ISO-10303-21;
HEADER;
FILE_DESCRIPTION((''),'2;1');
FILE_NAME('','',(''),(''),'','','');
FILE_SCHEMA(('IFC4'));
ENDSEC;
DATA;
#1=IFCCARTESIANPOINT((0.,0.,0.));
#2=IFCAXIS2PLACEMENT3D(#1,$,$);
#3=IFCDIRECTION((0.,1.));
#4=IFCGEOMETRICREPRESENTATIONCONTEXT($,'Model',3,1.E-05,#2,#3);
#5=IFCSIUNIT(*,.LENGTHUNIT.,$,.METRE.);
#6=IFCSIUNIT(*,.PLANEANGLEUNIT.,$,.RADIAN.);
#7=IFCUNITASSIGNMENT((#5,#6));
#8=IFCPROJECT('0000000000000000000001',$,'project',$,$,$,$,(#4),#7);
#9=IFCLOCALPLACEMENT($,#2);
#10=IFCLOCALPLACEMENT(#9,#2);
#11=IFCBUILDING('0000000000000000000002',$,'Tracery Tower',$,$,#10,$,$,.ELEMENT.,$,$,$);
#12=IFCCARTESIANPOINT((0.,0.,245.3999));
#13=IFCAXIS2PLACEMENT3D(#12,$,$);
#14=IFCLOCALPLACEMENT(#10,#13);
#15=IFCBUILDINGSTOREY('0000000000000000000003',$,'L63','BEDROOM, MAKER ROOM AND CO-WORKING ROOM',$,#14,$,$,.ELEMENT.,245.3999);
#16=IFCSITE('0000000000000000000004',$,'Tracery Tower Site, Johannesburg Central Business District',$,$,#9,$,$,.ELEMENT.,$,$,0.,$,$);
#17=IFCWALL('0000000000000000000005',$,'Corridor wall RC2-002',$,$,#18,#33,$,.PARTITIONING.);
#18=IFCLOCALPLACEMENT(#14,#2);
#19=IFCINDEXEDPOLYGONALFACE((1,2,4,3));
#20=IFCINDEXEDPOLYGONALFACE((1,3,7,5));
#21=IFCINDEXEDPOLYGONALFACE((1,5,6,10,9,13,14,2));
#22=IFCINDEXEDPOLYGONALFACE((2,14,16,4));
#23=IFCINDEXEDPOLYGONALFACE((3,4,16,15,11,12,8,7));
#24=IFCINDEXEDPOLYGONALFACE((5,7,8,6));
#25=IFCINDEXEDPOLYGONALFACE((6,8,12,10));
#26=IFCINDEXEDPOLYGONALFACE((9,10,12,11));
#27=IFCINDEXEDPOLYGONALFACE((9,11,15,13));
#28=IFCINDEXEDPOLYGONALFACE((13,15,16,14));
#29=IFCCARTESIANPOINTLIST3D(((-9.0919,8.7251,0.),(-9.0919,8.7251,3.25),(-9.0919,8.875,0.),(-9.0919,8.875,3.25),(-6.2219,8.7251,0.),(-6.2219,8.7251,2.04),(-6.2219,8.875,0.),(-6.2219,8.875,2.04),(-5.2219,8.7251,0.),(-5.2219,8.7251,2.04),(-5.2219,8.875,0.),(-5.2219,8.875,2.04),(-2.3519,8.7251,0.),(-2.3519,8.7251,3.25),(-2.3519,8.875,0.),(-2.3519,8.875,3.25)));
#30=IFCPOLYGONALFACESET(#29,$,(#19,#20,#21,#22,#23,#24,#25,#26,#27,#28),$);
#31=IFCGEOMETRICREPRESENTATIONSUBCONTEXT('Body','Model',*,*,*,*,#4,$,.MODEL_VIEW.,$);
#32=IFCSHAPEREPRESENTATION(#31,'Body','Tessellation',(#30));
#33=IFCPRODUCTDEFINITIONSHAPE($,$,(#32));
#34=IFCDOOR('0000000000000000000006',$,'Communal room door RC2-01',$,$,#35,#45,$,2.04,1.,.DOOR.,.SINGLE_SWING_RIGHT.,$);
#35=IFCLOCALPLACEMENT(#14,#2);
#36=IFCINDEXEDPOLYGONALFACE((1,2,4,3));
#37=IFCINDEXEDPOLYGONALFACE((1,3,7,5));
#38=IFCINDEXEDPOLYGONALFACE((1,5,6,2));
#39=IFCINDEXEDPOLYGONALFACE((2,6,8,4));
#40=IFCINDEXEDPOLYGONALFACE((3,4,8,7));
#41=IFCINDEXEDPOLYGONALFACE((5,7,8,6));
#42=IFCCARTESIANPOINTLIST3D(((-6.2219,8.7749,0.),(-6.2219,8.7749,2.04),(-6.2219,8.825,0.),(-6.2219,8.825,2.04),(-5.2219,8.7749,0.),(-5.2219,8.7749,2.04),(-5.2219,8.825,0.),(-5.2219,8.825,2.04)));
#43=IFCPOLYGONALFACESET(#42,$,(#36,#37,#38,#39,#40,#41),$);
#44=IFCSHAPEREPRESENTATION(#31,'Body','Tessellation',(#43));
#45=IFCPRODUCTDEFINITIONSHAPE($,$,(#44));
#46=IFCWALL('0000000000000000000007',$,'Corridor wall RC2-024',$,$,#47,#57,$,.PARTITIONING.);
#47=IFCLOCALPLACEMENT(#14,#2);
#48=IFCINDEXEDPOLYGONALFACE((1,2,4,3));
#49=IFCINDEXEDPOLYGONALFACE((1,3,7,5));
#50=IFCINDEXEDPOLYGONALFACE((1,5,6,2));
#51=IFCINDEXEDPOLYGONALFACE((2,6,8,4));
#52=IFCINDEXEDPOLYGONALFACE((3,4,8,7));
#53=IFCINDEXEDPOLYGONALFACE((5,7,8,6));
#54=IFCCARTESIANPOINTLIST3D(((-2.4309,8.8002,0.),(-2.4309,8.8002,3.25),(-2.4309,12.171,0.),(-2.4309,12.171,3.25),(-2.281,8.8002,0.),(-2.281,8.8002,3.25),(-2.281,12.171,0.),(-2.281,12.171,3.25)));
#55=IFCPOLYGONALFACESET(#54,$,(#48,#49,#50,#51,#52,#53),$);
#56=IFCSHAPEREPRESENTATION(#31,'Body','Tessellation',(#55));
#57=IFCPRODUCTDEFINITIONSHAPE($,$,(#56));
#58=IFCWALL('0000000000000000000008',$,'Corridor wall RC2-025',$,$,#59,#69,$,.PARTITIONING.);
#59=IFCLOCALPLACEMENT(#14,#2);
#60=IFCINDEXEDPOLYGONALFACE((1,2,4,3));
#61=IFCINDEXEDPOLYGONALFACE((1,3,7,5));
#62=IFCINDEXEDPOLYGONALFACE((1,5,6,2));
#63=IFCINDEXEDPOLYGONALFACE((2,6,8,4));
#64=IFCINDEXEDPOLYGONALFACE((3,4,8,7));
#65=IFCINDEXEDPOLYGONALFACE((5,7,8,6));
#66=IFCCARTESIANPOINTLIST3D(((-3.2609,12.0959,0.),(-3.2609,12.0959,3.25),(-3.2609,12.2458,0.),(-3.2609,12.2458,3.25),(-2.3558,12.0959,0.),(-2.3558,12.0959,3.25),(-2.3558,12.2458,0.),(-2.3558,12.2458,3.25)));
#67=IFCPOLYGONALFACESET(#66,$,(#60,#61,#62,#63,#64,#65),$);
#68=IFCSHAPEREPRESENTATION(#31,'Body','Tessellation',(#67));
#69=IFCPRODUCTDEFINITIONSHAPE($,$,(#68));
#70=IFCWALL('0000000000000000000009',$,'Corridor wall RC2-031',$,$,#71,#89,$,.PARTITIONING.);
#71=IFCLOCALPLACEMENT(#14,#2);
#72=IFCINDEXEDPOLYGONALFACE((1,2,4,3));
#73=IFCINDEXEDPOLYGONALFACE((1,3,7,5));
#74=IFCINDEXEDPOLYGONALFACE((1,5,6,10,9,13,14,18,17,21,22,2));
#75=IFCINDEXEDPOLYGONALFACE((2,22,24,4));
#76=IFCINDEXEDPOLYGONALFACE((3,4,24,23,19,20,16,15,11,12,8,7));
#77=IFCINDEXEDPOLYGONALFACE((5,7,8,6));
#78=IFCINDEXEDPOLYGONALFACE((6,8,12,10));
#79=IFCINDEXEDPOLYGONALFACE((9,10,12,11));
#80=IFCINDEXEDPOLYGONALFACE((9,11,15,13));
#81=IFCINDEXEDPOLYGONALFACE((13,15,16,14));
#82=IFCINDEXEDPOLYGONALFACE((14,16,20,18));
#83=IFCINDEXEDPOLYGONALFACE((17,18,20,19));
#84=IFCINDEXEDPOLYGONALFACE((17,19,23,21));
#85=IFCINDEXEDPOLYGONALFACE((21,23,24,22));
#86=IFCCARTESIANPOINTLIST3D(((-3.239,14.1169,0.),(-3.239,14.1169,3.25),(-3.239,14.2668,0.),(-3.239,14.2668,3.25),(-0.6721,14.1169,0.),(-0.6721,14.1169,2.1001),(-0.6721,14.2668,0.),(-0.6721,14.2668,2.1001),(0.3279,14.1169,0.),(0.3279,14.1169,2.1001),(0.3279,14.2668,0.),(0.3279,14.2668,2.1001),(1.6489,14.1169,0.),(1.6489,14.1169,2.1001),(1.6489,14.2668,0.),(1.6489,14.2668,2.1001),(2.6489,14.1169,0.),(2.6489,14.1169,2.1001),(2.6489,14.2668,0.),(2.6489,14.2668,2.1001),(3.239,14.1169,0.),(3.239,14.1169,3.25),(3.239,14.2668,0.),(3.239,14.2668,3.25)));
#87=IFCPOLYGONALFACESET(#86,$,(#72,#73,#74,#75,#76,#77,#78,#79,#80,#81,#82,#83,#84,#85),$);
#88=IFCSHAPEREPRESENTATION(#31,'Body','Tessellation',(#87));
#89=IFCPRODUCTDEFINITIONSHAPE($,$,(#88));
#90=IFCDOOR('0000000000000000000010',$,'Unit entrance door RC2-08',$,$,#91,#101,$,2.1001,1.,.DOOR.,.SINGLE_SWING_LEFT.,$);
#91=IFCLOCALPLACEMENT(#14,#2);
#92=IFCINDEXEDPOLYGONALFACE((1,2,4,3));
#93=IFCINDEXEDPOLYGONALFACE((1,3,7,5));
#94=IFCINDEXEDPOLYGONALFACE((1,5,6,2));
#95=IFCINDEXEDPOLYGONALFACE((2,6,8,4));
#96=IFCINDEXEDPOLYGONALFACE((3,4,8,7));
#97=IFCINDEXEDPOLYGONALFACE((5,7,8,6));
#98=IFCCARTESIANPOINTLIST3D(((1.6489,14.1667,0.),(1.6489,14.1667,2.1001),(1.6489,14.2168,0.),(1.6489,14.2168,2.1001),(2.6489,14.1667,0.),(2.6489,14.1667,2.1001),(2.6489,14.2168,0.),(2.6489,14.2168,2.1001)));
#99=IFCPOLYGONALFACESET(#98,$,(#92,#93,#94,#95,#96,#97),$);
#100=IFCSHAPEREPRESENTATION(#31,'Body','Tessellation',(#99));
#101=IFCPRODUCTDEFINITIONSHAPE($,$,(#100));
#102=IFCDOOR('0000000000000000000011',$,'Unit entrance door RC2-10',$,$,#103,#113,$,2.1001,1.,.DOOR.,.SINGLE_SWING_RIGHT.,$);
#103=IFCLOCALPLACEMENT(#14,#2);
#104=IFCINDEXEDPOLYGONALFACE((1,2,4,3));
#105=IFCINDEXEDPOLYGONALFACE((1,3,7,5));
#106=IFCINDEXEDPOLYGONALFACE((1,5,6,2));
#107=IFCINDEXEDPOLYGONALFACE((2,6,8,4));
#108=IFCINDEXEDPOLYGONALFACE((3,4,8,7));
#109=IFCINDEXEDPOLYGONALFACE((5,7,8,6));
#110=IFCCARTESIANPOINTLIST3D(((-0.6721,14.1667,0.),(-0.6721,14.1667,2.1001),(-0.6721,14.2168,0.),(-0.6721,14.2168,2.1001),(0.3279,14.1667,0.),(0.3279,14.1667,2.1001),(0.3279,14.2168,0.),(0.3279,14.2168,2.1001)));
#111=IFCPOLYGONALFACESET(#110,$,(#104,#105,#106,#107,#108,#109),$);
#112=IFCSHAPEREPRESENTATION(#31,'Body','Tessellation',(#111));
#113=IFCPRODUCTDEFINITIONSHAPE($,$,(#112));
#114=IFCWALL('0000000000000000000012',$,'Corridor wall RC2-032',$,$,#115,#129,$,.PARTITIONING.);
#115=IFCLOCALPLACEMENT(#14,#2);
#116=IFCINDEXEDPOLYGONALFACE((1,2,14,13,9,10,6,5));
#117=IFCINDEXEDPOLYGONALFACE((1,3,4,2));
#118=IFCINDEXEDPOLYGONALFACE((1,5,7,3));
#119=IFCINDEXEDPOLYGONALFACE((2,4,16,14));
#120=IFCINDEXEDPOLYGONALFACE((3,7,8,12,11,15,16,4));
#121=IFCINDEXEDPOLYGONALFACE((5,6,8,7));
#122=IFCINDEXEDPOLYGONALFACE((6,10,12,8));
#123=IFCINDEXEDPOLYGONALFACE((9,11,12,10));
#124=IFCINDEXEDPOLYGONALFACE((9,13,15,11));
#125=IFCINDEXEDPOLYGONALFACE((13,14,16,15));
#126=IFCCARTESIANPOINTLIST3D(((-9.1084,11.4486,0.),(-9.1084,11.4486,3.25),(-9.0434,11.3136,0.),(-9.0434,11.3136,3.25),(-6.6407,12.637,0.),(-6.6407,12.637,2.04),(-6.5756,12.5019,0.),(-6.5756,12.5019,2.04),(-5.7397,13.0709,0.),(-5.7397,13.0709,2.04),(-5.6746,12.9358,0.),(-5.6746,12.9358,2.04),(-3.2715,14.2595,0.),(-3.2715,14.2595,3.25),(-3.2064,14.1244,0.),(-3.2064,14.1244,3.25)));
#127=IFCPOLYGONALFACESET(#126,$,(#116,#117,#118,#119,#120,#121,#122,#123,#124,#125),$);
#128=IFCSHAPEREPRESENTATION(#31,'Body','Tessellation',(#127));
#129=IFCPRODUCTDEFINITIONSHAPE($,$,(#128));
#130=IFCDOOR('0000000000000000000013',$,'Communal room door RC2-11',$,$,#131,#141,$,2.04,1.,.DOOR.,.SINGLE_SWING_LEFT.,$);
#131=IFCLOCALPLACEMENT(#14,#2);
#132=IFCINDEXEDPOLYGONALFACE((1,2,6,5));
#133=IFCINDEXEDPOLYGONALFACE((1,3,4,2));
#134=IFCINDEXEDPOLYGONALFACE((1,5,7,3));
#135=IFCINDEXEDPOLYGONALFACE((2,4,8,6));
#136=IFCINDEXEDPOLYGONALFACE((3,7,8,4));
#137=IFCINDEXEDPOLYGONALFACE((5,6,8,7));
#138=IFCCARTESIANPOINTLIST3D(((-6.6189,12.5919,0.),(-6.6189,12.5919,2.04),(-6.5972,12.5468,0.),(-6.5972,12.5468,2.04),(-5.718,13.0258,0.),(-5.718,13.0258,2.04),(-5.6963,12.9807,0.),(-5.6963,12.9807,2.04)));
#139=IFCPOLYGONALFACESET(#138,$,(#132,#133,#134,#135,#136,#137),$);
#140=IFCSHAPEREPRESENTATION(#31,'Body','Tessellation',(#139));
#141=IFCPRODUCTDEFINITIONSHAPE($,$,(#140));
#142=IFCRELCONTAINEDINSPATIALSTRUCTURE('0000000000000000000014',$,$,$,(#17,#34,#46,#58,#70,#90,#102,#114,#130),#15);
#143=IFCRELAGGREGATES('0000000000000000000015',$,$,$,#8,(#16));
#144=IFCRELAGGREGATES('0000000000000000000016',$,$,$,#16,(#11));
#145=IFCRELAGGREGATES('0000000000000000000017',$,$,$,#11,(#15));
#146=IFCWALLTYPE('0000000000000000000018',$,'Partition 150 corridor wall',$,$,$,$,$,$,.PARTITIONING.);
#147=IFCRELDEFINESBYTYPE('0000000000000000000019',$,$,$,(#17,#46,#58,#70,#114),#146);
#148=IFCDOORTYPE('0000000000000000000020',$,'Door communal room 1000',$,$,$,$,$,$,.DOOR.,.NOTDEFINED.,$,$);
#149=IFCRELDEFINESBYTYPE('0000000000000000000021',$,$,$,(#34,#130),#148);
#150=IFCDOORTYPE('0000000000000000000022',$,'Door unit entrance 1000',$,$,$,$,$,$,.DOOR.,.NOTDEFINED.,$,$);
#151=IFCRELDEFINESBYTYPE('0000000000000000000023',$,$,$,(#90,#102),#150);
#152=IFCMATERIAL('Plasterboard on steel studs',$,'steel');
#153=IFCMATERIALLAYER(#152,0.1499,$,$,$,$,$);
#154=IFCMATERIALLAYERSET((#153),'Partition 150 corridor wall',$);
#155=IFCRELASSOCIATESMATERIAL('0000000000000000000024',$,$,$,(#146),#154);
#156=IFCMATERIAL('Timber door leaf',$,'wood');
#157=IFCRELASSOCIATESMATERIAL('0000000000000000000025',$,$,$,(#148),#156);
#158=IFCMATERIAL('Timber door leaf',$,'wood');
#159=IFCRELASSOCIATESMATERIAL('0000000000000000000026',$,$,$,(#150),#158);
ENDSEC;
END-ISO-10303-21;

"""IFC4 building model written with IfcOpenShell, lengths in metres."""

from ifc_helpers import new_model, si_unit, direction, frame, frame_2d, origin, place, context, subcontext, project, spatial, rectangle, extrude, material, layer, layer_set, type_object, element, fill, save


model = new_model("IFC4")

# Units and contexts
model_context = context("Model", 3, precision=1e-05, world=origin(), true_north=direction((0.0, 1.0)))
body_context = subcontext(model_context, "Body", "Model", "MODEL_VIEW")
ifc_project = project(units=[si_unit("LENGTHUNIT", "METRE"), si_unit("PLANEANGLEUNIT", "RADIAN")], contexts=[model_context])

# Site, building, storey
site_placement = place(None, origin())
site = spatial("IfcSite", under=ifc_project, at=site_placement, Name="Tracery Tower Site, Johannesburg Central Business District", CompositionType="ELEMENT", RefElevation=0.0)
building_placement = place(site_placement, origin())
building = spatial("IfcBuilding", under=site, at=building_placement, Name="Tracery Tower", CompositionType="ELEMENT")
storey_placement = place(building_placement, frame((0.0, 0.0, 245.3999)))
storey = spatial("IfcBuildingStorey", under=building, at=storey_placement, Name="L63", Description="BEDROOM, MAKER ROOM AND CO-WORKING ROOM", CompositionType="ELEMENT", Elevation=245.3999)

# Shared definitions
ifc_material_1 = material(Name="Plasterboard on steel studs", Category="steel")
ifc_layer_1 = layer(ifc_material_1, 0.1499)
ifc_layer_set_1 = layer_set([ifc_layer_1], Name="Partition 150 corridor wall")
wall_type_1 = type_object("IfcWallType", Name="Partition 150 corridor wall", PredefinedType="PARTITIONING", material=ifc_layer_set_1)

# Wall, opening, door
wall_1_placement = place(storey_placement, frame((-9.092, 8.8, 0.0), z_axis=(0.0, 0.0, 1.0), x_axis=(1.0, 0.0, 0.0)))
wall_1 = element("IfcWall", 1, at=wall_1_placement, inside=storey, type_object=wall_type_1, Name="Corridor wall RC2-002", PredefinedType="PARTITIONING", context=body_context, shape_type="SweptSolid", body=[
    extrude(rectangle(XDim=6.74, YDim=0.1499, at=frame_2d((3.3701, 0.0))), origin(), (0.0, 0.0, 1.0), 3.25),
])
opening_1_placement = place(wall_1_placement, frame((2.8701, 0.0, 0.0)))
opening_1 = element("IfcOpeningElement", 2, at=opening_1_placement, cuts=wall_1, PredefinedType="OPENING", context=body_context, shape_type="SweptSolid", body=[
    extrude(rectangle(XDim=1.0, YDim=2.04, at=frame_2d((0.5, 1.02))), frame((0.0, 0.075, 0.0), z_axis=(0.0, -1.0, 0.0), x_axis=(1.0, 0.0, 0.0)), (0.0, 0.0, 1.0), 0.1499),
])
ifc_material_2 = material(Name="Timber door leaf", Category="wood")
door_type_1 = type_object("IfcDoorType", Name="Door communal room 1000", OperationType="NOTDEFINED", PredefinedType="DOOR", material=ifc_material_2)
door_1_placement = place(opening_1_placement, origin())
door_1 = element("IfcDoor", 3, at=door_1_placement, inside=storey, type_object=door_type_1, Name="Communal room door RC2-01", OperationType="SINGLE_SWING_RIGHT", OverallHeight=2.04, OverallWidth=1.0, PredefinedType="DOOR", context=body_context, shape_type="SweptSolid", body=[
    extrude(rectangle(XDim=1.0, YDim=2.04, at=frame_2d((0.5, 1.02))), frame((0.0, 0.0249, 0.0), z_axis=(0.0, -1.0, 0.0), x_axis=(1.0, 0.0, 0.0)), (0.0, 0.0, 1.0), 0.05),
])
fill(opening_1, door_1)

# Walls
wall_2_placement = place(storey_placement, frame((-2.356, 8.8, 0.0), z_axis=(0.0, 0.0, 1.0), x_axis=(0.0, 1.0, 0.0)))
element("IfcWall", 4, at=wall_2_placement, inside=storey, type_object=wall_type_1, Name="Corridor wall RC2-024", PredefinedType="PARTITIONING", context=body_context, shape_type="SweptSolid", body=[
    extrude(rectangle(XDim=3.3708, YDim=0.1499, at=frame_2d((1.6855, 0.0))), origin(), (0.0, 0.0, 1.0), 3.25),
])
wall_3_placement = place(storey_placement, frame((-3.261, 12.1709, 0.0), z_axis=(0.0, 0.0, 1.0), x_axis=(1.0, 0.0, 0.0)))
element("IfcWall", 5, at=wall_3_placement, inside=storey, type_object=wall_type_1, Name="Corridor wall RC2-025", PredefinedType="PARTITIONING", context=body_context, shape_type="SweptSolid", body=[
    extrude(rectangle(XDim=0.905, YDim=0.1499, at=frame_2d((0.4526, 0.0))), origin(), (0.0, 0.0, 1.0), 3.25),
])

# Wall, openings, doors
wall_4_placement = place(storey_placement, frame((-3.239, 14.1919, 0.0), z_axis=(0.0, 0.0, 1.0), x_axis=(1.0, 0.0, 0.0)))
wall_4 = element("IfcWall", 6, at=wall_4_placement, inside=storey, type_object=wall_type_1, Name="Corridor wall RC2-031", PredefinedType="PARTITIONING", context=body_context, shape_type="SweptSolid", body=[
    extrude(rectangle(XDim=6.478, YDim=0.1499, at=frame_2d((3.239, 0.0))), origin(), (0.0, 0.0, 1.0), 3.25),
])
opening_2_placement = place(wall_4_placement, frame((4.8879, 0.0, 0.0)))
opening_2 = element("IfcOpeningElement", 7, at=opening_2_placement, cuts=wall_4, PredefinedType="OPENING", context=body_context, shape_type="SweptSolid", body=[
    extrude(rectangle(XDim=1.0, YDim=2.1001, at=frame_2d((0.5, 1.05))), frame((0.0, 0.075, 0.0), z_axis=(0.0, -1.0, 0.0), x_axis=(1.0, 0.0, 0.0)), (0.0, 0.0, 1.0), 0.1499),
])
opening_3_placement = place(wall_4_placement, frame((2.5669, 0.0, 0.0)))
opening_3 = element("IfcOpeningElement", 8, at=opening_3_placement, cuts=wall_4, PredefinedType="OPENING", context=body_context, shape_type="SweptSolid", body=[
    extrude(rectangle(XDim=1.0, YDim=2.1001, at=frame_2d((0.5, 1.05))), frame((0.0, 0.075, 0.0), z_axis=(0.0, -1.0, 0.0), x_axis=(1.0, 0.0, 0.0)), (0.0, 0.0, 1.0), 0.1499),
])
ifc_material_3 = material(Name="Timber door leaf", Category="wood")
door_type_2 = type_object("IfcDoorType", Name="Door unit entrance 1000", OperationType="NOTDEFINED", PredefinedType="DOOR", material=ifc_material_3)
door_2_placement = place(opening_2_placement, origin())
door_2 = element("IfcDoor", 9, at=door_2_placement, inside=storey, type_object=door_type_2, Name="Unit entrance door RC2-08", OperationType="SINGLE_SWING_LEFT", OverallHeight=2.1001, OverallWidth=1.0, PredefinedType="DOOR", context=body_context, shape_type="SweptSolid", body=[
    extrude(rectangle(XDim=1.0, YDim=2.1001, at=frame_2d((0.5, 1.05))), frame((0.0, 0.0249, 0.0), z_axis=(0.0, -1.0, 0.0), x_axis=(1.0, 0.0, 0.0)), (0.0, 0.0, 1.0), 0.05),
])
fill(opening_2, door_2)
door_3_placement = place(opening_3_placement, origin())
door_3 = element("IfcDoor", 10, at=door_3_placement, inside=storey, type_object=door_type_2, Name="Unit entrance door RC2-10", OperationType="SINGLE_SWING_RIGHT", OverallHeight=2.1001, OverallWidth=1.0, PredefinedType="DOOR", context=body_context, shape_type="SweptSolid", body=[
    extrude(rectangle(XDim=1.0, YDim=2.1001, at=frame_2d((0.5, 1.05))), frame((0.0, 0.0249, 0.0), z_axis=(0.0, -1.0, 0.0), x_axis=(1.0, 0.0, 0.0)), (0.0, 0.0, 1.0), 0.05),
])
fill(opening_3, door_3)

# Wall, opening, door
wall_5_placement = place(storey_placement, frame((-9.0759, 11.3811, 0.0), z_axis=(0.0, 0.0, 1.0), x_axis=(0.900976, 0.433869, 0.0)))
wall_5 = element("IfcWall", 11, at=wall_5_placement, inside=storey, type_object=wall_type_1, Name="Corridor wall RC2-032", PredefinedType="PARTITIONING", context=body_context, shape_type="SweptSolid", body=[
    extrude(rectangle(XDim=6.4785, YDim=0.1499, at=frame_2d((3.2393, 0.0))), origin(), (0.0, 0.0, 1.0), 3.25),
])
opening_4_placement = place(wall_5_placement, frame((2.739, 0.0, 0.0)))
opening_4 = element("IfcOpeningElement", 12, at=opening_4_placement, cuts=wall_5, PredefinedType="OPENING", context=body_context, shape_type="SweptSolid", body=[
    extrude(rectangle(XDim=1.0, YDim=2.04, at=frame_2d((0.5, 1.02))), frame((0.0, 0.075, 0.0), z_axis=(0.0, -1.0, 0.0), x_axis=(1.0, 0.0, 0.0)), (0.0, 0.0, 1.0), 0.1499),
])
door_4_placement = place(opening_4_placement, origin())
door_4 = element("IfcDoor", 13, at=door_4_placement, inside=storey, type_object=door_type_1, Name="Communal room door RC2-11", OperationType="SINGLE_SWING_LEFT", OverallHeight=2.04, OverallWidth=1.0, PredefinedType="DOOR", context=body_context, shape_type="SweptSolid", body=[
    extrude(rectangle(XDim=1.0, YDim=2.04, at=frame_2d((0.5, 1.02))), frame((0.0, 0.0249, 0.0), z_axis=(0.0, -1.0, 0.0), x_axis=(1.0, 0.0, 0.0)), (0.0, 0.0, 1.0), 0.05),
])
fill(opening_4, door_4)

save(model, "model.ifc")
